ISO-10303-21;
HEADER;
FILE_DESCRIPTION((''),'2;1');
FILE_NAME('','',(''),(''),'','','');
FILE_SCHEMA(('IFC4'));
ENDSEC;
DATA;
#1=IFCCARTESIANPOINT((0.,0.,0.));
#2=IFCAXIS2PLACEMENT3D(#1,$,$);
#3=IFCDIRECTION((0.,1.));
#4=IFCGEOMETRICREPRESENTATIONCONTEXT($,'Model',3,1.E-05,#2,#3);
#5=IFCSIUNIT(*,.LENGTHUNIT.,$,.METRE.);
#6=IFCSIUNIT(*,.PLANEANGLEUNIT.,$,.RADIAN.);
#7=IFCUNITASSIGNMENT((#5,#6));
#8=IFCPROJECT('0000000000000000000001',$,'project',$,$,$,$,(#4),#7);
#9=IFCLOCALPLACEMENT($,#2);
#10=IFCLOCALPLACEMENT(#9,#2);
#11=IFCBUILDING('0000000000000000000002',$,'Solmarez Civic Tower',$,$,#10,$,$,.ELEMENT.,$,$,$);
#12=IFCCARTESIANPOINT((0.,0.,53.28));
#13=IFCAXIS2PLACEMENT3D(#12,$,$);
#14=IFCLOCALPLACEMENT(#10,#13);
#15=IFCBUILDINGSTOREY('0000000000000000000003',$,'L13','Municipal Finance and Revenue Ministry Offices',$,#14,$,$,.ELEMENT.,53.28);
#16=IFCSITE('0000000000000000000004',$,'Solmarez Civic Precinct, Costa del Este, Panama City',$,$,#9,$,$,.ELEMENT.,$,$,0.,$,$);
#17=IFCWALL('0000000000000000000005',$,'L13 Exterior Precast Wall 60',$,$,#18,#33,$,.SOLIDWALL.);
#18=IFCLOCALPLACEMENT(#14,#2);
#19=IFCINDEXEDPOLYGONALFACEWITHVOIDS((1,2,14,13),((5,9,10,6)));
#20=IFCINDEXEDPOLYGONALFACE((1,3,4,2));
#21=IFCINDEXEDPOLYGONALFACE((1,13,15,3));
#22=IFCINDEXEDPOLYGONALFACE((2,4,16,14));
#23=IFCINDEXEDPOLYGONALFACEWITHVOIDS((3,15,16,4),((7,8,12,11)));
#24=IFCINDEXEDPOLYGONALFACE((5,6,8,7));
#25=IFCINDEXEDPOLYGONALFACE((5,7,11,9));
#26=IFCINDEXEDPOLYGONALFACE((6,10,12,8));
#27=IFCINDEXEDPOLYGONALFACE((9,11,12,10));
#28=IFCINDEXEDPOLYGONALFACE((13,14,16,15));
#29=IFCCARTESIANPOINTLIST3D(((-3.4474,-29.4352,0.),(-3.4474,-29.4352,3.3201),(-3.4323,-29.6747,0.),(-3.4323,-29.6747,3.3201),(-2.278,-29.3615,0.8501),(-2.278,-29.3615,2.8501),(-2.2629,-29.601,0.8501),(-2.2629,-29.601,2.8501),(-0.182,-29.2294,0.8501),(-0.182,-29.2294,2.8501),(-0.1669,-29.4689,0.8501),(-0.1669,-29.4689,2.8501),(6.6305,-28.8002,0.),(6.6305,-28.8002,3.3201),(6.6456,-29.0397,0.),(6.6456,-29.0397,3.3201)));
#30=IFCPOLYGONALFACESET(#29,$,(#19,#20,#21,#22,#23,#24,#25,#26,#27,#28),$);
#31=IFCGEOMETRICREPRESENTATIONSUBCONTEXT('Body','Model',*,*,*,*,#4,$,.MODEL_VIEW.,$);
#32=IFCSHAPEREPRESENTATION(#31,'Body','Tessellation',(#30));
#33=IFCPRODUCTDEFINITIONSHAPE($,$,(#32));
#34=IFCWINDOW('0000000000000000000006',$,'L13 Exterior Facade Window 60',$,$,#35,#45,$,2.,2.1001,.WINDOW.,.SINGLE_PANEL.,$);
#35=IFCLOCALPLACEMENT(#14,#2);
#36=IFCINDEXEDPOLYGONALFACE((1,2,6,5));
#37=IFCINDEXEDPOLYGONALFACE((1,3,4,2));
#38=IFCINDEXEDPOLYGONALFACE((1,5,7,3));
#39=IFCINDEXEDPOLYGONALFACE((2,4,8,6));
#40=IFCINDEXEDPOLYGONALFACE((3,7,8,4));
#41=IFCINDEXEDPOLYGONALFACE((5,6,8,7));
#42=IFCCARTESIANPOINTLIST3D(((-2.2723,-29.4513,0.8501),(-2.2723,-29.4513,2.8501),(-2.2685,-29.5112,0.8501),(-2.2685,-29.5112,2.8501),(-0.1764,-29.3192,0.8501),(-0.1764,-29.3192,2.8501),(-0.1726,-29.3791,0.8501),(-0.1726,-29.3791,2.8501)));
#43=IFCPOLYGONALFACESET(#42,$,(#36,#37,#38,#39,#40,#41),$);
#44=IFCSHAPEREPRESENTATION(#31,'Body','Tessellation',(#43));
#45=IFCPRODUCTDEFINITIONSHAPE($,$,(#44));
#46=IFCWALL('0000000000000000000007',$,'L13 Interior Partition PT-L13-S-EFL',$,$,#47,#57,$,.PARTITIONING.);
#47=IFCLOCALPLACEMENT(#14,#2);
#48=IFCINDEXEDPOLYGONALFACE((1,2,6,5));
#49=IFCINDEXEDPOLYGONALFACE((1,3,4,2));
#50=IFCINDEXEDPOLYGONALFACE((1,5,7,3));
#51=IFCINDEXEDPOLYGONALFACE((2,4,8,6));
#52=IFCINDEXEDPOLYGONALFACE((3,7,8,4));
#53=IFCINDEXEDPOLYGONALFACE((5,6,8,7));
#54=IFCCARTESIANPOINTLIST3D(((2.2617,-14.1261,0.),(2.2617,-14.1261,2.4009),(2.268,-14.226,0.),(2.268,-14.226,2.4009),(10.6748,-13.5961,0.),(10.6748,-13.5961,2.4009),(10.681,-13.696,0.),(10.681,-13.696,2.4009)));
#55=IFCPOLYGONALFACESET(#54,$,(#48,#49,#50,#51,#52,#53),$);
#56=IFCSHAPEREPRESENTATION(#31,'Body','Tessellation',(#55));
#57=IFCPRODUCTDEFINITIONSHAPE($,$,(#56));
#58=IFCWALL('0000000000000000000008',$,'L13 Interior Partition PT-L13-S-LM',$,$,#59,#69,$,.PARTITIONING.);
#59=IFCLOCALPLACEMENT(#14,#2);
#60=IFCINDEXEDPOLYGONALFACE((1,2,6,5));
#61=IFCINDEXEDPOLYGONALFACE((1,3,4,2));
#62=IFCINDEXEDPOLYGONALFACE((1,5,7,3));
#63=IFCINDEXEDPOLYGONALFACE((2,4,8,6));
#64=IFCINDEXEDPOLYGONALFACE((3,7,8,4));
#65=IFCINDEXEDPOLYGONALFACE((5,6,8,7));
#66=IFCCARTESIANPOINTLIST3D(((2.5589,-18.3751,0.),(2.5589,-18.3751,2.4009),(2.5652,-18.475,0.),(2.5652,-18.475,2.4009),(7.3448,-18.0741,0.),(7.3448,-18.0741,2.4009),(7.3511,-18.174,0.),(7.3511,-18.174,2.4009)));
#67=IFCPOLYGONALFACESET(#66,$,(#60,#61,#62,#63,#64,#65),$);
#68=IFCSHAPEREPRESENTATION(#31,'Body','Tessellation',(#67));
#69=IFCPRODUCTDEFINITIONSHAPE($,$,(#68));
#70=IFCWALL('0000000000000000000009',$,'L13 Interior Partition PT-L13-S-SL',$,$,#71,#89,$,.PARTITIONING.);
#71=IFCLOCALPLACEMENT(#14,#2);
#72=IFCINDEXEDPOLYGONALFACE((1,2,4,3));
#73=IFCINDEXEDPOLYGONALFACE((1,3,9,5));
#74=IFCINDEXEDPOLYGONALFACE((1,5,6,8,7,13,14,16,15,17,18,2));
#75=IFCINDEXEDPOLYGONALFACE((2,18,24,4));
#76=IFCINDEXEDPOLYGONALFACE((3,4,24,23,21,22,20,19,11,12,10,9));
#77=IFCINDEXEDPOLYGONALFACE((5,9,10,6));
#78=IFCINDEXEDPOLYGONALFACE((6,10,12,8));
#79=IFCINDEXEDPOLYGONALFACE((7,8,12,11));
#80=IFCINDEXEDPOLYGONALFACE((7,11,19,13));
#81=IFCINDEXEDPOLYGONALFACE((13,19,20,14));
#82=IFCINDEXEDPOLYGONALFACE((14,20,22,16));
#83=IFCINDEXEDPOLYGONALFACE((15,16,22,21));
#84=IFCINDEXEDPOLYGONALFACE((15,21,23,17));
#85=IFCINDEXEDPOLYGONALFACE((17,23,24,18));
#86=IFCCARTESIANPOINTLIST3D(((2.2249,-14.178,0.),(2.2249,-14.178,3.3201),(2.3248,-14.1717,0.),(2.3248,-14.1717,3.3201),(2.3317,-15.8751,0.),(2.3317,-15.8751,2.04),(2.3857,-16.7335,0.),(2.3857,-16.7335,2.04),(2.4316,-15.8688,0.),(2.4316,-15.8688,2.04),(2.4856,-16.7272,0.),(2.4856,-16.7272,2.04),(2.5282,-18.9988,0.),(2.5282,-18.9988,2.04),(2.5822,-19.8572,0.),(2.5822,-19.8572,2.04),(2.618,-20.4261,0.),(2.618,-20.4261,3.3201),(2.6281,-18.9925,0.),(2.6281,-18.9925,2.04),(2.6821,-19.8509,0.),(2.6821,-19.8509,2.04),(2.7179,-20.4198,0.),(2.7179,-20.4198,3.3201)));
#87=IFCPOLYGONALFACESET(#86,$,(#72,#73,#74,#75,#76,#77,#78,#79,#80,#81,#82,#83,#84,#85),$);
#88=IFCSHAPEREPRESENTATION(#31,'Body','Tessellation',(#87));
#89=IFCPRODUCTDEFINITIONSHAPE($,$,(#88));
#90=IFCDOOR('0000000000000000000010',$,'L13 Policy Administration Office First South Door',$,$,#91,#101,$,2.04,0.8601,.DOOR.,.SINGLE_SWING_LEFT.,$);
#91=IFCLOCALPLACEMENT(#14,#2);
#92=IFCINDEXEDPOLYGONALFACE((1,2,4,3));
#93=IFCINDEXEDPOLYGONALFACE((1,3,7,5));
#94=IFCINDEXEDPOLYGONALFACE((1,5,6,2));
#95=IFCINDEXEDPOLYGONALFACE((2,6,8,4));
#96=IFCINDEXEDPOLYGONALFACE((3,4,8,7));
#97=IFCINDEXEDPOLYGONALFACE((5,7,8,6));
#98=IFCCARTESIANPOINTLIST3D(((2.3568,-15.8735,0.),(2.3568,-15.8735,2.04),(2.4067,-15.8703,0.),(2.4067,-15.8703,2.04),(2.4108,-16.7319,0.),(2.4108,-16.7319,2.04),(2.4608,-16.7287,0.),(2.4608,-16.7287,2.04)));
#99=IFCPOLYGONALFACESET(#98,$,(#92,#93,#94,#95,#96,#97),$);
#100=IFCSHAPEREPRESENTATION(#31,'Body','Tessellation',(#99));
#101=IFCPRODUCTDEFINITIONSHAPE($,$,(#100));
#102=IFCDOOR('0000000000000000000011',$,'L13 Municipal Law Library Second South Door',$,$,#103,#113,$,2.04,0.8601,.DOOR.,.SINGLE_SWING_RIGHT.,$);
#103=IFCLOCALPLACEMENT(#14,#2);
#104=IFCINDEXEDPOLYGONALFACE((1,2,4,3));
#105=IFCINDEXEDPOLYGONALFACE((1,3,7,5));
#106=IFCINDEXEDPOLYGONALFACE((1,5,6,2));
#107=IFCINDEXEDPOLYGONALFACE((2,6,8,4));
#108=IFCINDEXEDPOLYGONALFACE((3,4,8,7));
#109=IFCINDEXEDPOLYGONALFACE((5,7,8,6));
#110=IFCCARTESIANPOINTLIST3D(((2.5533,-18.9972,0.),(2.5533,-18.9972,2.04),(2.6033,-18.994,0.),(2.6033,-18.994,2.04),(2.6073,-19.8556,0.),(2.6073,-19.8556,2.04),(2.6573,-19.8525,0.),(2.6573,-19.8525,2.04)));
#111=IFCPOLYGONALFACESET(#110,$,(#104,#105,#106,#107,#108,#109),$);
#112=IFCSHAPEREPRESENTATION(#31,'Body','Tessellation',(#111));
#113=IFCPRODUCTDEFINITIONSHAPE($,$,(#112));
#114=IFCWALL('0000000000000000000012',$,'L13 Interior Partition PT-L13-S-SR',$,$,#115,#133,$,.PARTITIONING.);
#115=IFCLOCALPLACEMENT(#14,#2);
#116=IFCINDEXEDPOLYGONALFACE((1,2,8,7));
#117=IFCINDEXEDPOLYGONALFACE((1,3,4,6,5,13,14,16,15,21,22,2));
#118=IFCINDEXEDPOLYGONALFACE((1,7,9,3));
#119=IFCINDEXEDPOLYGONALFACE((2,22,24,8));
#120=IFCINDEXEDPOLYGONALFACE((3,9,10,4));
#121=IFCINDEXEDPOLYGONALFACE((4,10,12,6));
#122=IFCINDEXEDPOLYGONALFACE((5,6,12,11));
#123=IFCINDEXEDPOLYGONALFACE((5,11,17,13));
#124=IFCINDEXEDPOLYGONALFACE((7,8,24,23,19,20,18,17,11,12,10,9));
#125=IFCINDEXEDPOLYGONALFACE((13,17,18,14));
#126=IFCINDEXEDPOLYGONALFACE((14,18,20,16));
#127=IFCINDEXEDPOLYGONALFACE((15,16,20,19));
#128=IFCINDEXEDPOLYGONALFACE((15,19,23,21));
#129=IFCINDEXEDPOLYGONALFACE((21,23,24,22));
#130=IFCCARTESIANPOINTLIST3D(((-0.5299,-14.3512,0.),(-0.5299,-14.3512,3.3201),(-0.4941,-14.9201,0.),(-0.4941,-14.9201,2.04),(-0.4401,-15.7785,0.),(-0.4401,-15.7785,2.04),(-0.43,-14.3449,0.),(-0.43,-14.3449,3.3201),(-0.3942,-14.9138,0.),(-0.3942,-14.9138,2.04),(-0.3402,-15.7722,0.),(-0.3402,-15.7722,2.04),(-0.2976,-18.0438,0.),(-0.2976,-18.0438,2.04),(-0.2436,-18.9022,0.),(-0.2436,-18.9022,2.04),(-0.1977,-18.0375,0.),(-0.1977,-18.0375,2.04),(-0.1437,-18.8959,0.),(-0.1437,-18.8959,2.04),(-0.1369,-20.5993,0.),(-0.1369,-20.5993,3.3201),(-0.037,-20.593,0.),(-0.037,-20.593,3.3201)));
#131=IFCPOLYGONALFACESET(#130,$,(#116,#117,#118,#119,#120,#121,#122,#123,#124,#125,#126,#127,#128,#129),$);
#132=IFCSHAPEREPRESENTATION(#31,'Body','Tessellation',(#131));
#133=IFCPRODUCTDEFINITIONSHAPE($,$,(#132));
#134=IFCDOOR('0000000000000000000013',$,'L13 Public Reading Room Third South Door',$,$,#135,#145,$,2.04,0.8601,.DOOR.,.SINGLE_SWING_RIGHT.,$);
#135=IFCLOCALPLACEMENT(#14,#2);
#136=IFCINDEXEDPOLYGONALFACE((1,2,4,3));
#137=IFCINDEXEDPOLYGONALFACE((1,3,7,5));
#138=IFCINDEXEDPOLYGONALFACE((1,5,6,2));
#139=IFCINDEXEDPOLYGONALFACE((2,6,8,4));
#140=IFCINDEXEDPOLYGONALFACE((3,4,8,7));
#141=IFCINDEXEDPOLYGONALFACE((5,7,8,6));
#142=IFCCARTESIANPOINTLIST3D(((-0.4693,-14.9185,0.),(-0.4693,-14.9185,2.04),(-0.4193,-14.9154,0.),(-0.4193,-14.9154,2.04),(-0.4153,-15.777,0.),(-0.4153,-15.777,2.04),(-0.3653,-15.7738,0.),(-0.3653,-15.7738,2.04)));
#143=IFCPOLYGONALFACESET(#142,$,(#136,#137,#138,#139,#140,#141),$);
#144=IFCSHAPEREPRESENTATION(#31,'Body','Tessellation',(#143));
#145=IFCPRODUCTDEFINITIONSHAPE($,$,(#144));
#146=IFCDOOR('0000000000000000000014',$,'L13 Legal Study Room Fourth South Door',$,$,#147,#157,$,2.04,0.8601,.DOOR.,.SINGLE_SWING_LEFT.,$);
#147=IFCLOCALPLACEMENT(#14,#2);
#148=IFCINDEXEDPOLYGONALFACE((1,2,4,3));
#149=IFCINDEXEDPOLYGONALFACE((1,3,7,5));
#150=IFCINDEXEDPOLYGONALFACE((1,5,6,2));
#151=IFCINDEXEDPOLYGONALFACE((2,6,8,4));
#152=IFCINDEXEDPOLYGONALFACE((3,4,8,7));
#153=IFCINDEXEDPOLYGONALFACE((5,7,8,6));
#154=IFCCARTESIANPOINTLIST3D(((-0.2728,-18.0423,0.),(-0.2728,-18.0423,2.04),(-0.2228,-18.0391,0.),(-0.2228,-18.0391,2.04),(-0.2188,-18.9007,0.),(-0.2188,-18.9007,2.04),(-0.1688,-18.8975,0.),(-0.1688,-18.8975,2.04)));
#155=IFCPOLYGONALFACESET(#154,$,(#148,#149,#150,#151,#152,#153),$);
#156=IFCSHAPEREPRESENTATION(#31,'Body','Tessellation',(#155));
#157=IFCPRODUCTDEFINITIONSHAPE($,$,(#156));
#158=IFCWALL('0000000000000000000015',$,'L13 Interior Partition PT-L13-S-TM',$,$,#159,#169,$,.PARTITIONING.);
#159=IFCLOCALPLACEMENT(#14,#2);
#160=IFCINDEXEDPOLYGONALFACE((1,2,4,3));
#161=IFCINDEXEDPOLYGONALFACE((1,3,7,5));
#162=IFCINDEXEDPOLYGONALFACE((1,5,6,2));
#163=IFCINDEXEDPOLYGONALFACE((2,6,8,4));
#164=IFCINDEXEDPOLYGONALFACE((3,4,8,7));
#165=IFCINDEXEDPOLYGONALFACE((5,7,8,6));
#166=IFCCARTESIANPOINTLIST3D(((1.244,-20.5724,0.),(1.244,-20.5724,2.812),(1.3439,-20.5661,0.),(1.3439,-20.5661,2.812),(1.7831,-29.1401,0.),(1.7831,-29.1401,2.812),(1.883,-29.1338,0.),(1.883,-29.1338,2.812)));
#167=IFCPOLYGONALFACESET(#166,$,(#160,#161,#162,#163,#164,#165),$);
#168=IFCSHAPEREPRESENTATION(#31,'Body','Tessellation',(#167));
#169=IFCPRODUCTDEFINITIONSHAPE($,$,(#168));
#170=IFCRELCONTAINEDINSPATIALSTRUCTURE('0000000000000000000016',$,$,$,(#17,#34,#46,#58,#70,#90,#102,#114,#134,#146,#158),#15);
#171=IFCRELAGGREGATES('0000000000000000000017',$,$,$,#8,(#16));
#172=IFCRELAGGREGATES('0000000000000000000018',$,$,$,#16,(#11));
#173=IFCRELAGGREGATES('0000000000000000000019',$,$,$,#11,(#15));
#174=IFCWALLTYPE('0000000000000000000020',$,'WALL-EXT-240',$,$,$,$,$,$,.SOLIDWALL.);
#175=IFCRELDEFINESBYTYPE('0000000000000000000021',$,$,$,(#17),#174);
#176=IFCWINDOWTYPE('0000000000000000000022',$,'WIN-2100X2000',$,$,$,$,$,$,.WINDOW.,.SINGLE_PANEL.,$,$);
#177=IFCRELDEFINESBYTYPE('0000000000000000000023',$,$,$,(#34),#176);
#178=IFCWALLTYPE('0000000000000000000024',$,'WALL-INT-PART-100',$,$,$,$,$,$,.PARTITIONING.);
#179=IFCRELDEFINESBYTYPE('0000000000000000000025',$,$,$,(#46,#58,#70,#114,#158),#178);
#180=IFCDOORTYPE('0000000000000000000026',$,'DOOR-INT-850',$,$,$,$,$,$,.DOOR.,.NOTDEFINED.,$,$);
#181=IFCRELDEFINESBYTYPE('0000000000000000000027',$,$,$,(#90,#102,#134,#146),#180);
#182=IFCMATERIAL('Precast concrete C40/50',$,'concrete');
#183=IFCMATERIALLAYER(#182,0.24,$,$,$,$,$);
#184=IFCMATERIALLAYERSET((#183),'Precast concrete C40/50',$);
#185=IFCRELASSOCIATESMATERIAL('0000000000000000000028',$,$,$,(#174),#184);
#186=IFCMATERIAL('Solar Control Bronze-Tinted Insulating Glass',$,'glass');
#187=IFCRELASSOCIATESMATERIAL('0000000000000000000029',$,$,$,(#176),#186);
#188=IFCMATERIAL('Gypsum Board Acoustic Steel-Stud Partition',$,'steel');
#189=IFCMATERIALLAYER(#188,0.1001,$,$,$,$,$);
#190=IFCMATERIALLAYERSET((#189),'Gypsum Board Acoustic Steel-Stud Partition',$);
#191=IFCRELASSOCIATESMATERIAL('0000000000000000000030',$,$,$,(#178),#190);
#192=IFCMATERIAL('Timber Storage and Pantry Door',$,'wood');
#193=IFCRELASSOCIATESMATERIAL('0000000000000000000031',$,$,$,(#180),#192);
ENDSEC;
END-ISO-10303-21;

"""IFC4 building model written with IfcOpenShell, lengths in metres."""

from ifc_helpers import new_model, si_unit, direction, frame, frame_2d, origin, place, context, subcontext, project, spatial, rectangle, extrude, material, layer, layer_set, type_object, element, fill, save


model = new_model("IFC4")

# Units and contexts
model_context = context("Model", 3, precision=1e-05, world=origin(), true_north=direction((0.0, 1.0)))
body_context = subcontext(model_context, "Body", "Model", "MODEL_VIEW")
ifc_project = project(units=[si_unit("LENGTHUNIT", "METRE"), si_unit("PLANEANGLEUNIT", "RADIAN")], contexts=[model_context])

# Site, building, storey
site_placement = place(None, origin())
site = spatial("IfcSite", under=ifc_project, at=site_placement, Name="Solmarez Civic Precinct, Costa del Este, Panama City", CompositionType="ELEMENT", RefElevation=0.0)
building_placement = place(site_placement, origin())
building = spatial("IfcBuilding", under=site, at=building_placement, Name="Solmarez Civic Tower", CompositionType="ELEMENT")
storey_placement = place(building_placement, frame((0.0, 0.0, 53.28)))
storey = spatial("IfcBuildingStorey", under=building, at=storey_placement, Name="L13", Description="Municipal Finance and Revenue Ministry Offices", CompositionType="ELEMENT", Elevation=53.28)

# Shared definitions
ifc_material_1 = material(Name="Precast concrete C40/50", Category="concrete")
ifc_layer_1 = layer(ifc_material_1, 0.24)
ifc_layer_set_1 = layer_set([ifc_layer_1], Name="Precast concrete C40/50")
wall_type_1 = type_object("IfcWallType", Name="WALL-EXT-240", PredefinedType="SOLIDWALL", material=ifc_layer_set_1)
ifc_material_2 = material(Name="Solar Control Bronze-Tinted Insulating Glass", Category="glass")

# Wall, opening, window
wall_1_placement = place(storey_placement, frame((6.6379, -28.9199, 0.0), z_axis=(0.0, 0.0, 1.0), x_axis=(-0.998021, -0.062886, 0.0)))
wall_1 = element("IfcWall", 1, at=wall_1_placement, inside=storey, type_object=wall_type_1, Name="L13 Exterior Precast Wall 60", PredefinedType="SOLIDWALL", context=body_context, shape_type="SweptSolid", body=[
    extrude(rectangle(XDim=10.0979, YDim=0.24, at=frame_2d((5.0488, 0.0))), origin(), (0.0, 0.0, 1.0), 3.3201),
])
opening_1_placement = place(wall_1_placement, frame((6.8259, 0.0, 0.8501)))
opening_1 = element("IfcOpeningElement", 2, at=opening_1_placement, cuts=wall_1, PredefinedType="OPENING", context=body_context, shape_type="SweptSolid", body=[
    extrude(rectangle(XDim=2.1001, YDim=2.0, at=frame_2d((1.05, 1.0))), frame((0.0, 0.1299, 0.0), z_axis=(0.0, -1.0, 0.0), x_axis=(1.0, 0.0, 0.0)), (0.0, 0.0, 1.0), 0.26),
])
window_type_1 = type_object("IfcWindowType", Name="WIN-2100X2000", PartitioningType="SINGLE_PANEL", PredefinedType="WINDOW", material=ifc_material_2)
window_1_placement = place(opening_1_placement, origin())
window_1 = element("IfcWindow", 3, at=window_1_placement, inside=storey, type_object=window_type_1, Name="L13 Exterior Facade Window 60", OverallHeight=2.0, OverallWidth=2.1001, PartitioningType="SINGLE_PANEL", PredefinedType="WINDOW", context=body_context, shape_type="SweptSolid", body=[
    extrude(rectangle(XDim=2.1001, YDim=2.0, at=frame_2d((1.05, 1.0))), frame((0.0, 0.03, 0.0), z_axis=(0.0, -1.0, 0.0), x_axis=(1.0, 0.0, 0.0)), (0.0, 0.0, 1.0), 0.0601),
])
fill(opening_1, window_1)

# Walls
ifc_material_3 = material(Name="Gypsum Board Acoustic Steel-Stud Partition", Category="steel")
ifc_layer_2 = layer(ifc_material_3, 0.1001)
ifc_layer_set_2 = layer_set([ifc_layer_2], Name="Gypsum Board Acoustic Steel-Stud Partition")
wall_type_2 = type_object("IfcWallType", Name="WALL-INT-PART-100", PredefinedType="PARTITIONING", material=ifc_layer_set_2)
wall_2_placement = place(storey_placement, frame((2.2649, -14.176, 0.0), z_axis=(0.0, 0.0, 1.0), x_axis=(0.998021, 0.062876, 0.0)))
element("IfcWall", 4, at=wall_2_placement, inside=storey, type_object=wall_type_2, Name="L13 Interior Partition PT-L13-S-EFL", PredefinedType="PARTITIONING", context=body_context, shape_type="SweptSolid", body=[
    extrude(rectangle(XDim=8.4297, YDim=0.1001, at=frame_2d((4.2148, 0.0))), origin(), (0.0, 0.0, 1.0), 2.4009),
])
wall_3_placement = place(storey_placement, frame((2.562, -18.425, 0.0), z_axis=(0.0, 0.0, 1.0), x_axis=(0.998028, 0.062774, 0.0)))
element("IfcWall", 5, at=wall_3_placement, inside=storey, type_object=wall_type_2, Name="L13 Interior Partition PT-L13-S-LM", PredefinedType="PARTITIONING", context=body_context, shape_type="SweptSolid", body=[
    extrude(rectangle(XDim=4.7954, YDim=0.1001, at=frame_2d((2.3977, 0.0))), origin(), (0.0, 0.0, 1.0), 2.4009),
])

# Walls, openings, doors
wall_4_placement = place(storey_placement, frame((2.668, -20.4231, 0.0), z_axis=(0.0, 0.0, 1.0), x_axis=(-0.062786, 0.998027, 0.0)))
wall_4 = element("IfcWall", 6, at=wall_4_placement, inside=storey, type_object=wall_type_2, Name="L13 Interior Partition PT-L13-S-SL", PredefinedType="PARTITIONING", context=body_context, shape_type="SweptSolid", body=[
    extrude(rectangle(XDim=6.2605, YDim=0.1001, at=frame_2d((3.1304, 0.0))), origin(), (0.0, 0.0, 1.0), 3.3201),
])
opening_2_placement = place(wall_4_placement, frame((3.7, 0.0, 0.0)))
opening_2 = element("IfcOpeningElement", 7, at=opening_2_placement, cuts=wall_4, PredefinedType="OPENING", context=body_context, shape_type="SweptSolid", body=[
    extrude(rectangle(XDim=0.8601, YDim=2.04, at=frame_2d((0.4302, 1.02))), frame((0.0, 0.0601, 0.0), z_axis=(0.0, -1.0, 0.0), x_axis=(1.0, 0.0, 0.0)), (0.0, 0.0, 1.0), 0.1201),
])
opening_3_placement = place(wall_4_placement, frame((0.5701, 0.0, 0.0)))
opening_3 = element("IfcOpeningElement", 8, at=opening_3_placement, cuts=wall_4, PredefinedType="OPENING", context=body_context, shape_type="SweptSolid", body=[
    extrude(rectangle(XDim=0.8601, YDim=2.04, at=frame_2d((0.4302, 1.02))), frame((0.0, 0.0601, 0.0), z_axis=(0.0, -1.0, 0.0), x_axis=(1.0, 0.0, 0.0)), (0.0, 0.0, 1.0), 0.1201),
])
ifc_material_4 = material(Name="Timber Storage and Pantry Door", Category="wood")
door_type = type_object("IfcDoorType", Name="DOOR-INT-850", OperationType="NOTDEFINED", PredefinedType="DOOR", material=ifc_material_4)
door_1_placement = place(opening_2_placement, origin())
door_1 = element("IfcDoor", 9, at=door_1_placement, inside=storey, type_object=door_type, Name="L13 Policy Administration Office First South Door", OperationType="SINGLE_SWING_LEFT", OverallHeight=2.04, OverallWidth=0.8601, PredefinedType="DOOR", context=body_context, shape_type="SweptSolid", body=[
    extrude(rectangle(XDim=0.8601, YDim=2.04, at=frame_2d((0.4302, 1.02))), frame((0.0, 0.0249, 0.0), z_axis=(0.0, -1.0, 0.0), x_axis=(1.0, 0.0, 0.0)), (0.0, 0.0, 1.0), 0.05),
])
fill(opening_2, door_1)
door_2_placement = place(opening_3_placement, origin())
door_2 = element("IfcDoor", 10, at=door_2_placement, inside=storey, type_object=door_type, Name="L13 Municipal Law Library Second South Door", OperationType="SINGLE_SWING_RIGHT", OverallHeight=2.04, OverallWidth=0.8601, PredefinedType="DOOR", context=body_context, shape_type="SweptSolid", body=[
    extrude(rectangle(XDim=0.8601, YDim=2.04, at=frame_2d((0.4302, 1.02))), frame((0.0, 0.0249, 0.0), z_axis=(0.0, -1.0, 0.0), x_axis=(1.0, 0.0, 0.0)), (0.0, 0.0, 1.0), 0.05),
])
fill(opening_3, door_2)
wall_5_placement = place(storey_placement, frame((-0.48, -14.3479, 0.0), z_axis=(0.0, 0.0, 1.0), x_axis=(0.062786, -0.998027, 0.0)))
wall_5 = element("IfcWall", 11, at=wall_5_placement, inside=storey, type_object=wall_type_2, Name="L13 Interior Partition PT-L13-S-SR", PredefinedType="PARTITIONING", context=body_context, shape_type="SweptSolid", body=[
    extrude(rectangle(XDim=6.2605, YDim=0.1001, at=frame_2d((3.1304, 0.0))), origin(), (0.0, 0.0, 1.0), 3.3201),
])
opening_4_placement = place(wall_5_placement, frame((0.5701, 0.0, 0.0)))
opening_4 = element("IfcOpeningElement", 12, at=opening_4_placement, cuts=wall_5, PredefinedType="OPENING", context=body_context, shape_type="SweptSolid", body=[
    extrude(rectangle(XDim=0.8601, YDim=2.04, at=frame_2d((0.4302, 1.02))), frame((0.0, 0.0601, 0.0), z_axis=(0.0, -1.0, 0.0), x_axis=(1.0, 0.0, 0.0)), (0.0, 0.0, 1.0), 0.1201),
])
opening_5_placement = place(wall_5_placement, frame((3.7, 0.0, 0.0)))
opening_5 = element("IfcOpeningElement", 13, at=opening_5_placement, cuts=wall_5, PredefinedType="OPENING", context=body_context, shape_type="SweptSolid", body=[
    extrude(rectangle(XDim=0.8601, YDim=2.04, at=frame_2d((0.4302, 1.02))), frame((0.0, 0.0601, 0.0), z_axis=(0.0, -1.0, 0.0), x_axis=(1.0, 0.0, 0.0)), (0.0, 0.0, 1.0), 0.1201),
])
door_3_placement = place(opening_4_placement, origin())
door_3 = element("IfcDoor", 14, at=door_3_placement, inside=storey, type_object=door_type, Name="L13 Public Reading Room Third South Door", OperationType="SINGLE_SWING_RIGHT", OverallHeight=2.04, OverallWidth=0.8601, PredefinedType="DOOR", context=body_context, shape_type="SweptSolid", body=[
    extrude(rectangle(XDim=0.8601, YDim=2.04, at=frame_2d((0.4302, 1.02))), frame((0.0, 0.0249, 0.0), z_axis=(0.0, -1.0, 0.0), x_axis=(1.0, 0.0, 0.0)), (0.0, 0.0, 1.0), 0.05),
])
fill(opening_4, door_3)
door_4_placement = place(opening_5_placement, origin())
door_4 = element("IfcDoor", 15, at=door_4_placement, inside=storey, type_object=door_type, Name="L13 Legal Study Room Fourth South Door", OperationType="SINGLE_SWING_LEFT", OverallHeight=2.04, OverallWidth=0.8601, PredefinedType="DOOR", context=body_context, shape_type="SweptSolid", body=[
    extrude(rectangle(XDim=0.8601, YDim=2.04, at=frame_2d((0.4302, 1.02))), frame((0.0, 0.0249, 0.0), z_axis=(0.0, -1.0, 0.0), x_axis=(1.0, 0.0, 0.0)), (0.0, 0.0, 1.0), 0.05),
])
fill(opening_5, door_4)

# Wall
wall_6_placement = place(storey_placement, frame((1.2939, -20.5691, 0.0), z_axis=(0.0, 0.0, 1.0), x_axis=(0.062793, -0.998027, 0.0)))
element("IfcWall", 16, at=wall_6_placement, inside=storey, type_object=wall_type_2, Name="L13 Interior Partition PT-L13-S-TM", PredefinedType="PARTITIONING", context=body_context, shape_type="SweptSolid", body=[
    extrude(rectangle(XDim=8.5847, YDim=0.1001, at=frame_2d((4.2925, 0.0))), origin(), (0.0, 0.0, 1.0), 2.812),
])

save(model, "model.ifc")
